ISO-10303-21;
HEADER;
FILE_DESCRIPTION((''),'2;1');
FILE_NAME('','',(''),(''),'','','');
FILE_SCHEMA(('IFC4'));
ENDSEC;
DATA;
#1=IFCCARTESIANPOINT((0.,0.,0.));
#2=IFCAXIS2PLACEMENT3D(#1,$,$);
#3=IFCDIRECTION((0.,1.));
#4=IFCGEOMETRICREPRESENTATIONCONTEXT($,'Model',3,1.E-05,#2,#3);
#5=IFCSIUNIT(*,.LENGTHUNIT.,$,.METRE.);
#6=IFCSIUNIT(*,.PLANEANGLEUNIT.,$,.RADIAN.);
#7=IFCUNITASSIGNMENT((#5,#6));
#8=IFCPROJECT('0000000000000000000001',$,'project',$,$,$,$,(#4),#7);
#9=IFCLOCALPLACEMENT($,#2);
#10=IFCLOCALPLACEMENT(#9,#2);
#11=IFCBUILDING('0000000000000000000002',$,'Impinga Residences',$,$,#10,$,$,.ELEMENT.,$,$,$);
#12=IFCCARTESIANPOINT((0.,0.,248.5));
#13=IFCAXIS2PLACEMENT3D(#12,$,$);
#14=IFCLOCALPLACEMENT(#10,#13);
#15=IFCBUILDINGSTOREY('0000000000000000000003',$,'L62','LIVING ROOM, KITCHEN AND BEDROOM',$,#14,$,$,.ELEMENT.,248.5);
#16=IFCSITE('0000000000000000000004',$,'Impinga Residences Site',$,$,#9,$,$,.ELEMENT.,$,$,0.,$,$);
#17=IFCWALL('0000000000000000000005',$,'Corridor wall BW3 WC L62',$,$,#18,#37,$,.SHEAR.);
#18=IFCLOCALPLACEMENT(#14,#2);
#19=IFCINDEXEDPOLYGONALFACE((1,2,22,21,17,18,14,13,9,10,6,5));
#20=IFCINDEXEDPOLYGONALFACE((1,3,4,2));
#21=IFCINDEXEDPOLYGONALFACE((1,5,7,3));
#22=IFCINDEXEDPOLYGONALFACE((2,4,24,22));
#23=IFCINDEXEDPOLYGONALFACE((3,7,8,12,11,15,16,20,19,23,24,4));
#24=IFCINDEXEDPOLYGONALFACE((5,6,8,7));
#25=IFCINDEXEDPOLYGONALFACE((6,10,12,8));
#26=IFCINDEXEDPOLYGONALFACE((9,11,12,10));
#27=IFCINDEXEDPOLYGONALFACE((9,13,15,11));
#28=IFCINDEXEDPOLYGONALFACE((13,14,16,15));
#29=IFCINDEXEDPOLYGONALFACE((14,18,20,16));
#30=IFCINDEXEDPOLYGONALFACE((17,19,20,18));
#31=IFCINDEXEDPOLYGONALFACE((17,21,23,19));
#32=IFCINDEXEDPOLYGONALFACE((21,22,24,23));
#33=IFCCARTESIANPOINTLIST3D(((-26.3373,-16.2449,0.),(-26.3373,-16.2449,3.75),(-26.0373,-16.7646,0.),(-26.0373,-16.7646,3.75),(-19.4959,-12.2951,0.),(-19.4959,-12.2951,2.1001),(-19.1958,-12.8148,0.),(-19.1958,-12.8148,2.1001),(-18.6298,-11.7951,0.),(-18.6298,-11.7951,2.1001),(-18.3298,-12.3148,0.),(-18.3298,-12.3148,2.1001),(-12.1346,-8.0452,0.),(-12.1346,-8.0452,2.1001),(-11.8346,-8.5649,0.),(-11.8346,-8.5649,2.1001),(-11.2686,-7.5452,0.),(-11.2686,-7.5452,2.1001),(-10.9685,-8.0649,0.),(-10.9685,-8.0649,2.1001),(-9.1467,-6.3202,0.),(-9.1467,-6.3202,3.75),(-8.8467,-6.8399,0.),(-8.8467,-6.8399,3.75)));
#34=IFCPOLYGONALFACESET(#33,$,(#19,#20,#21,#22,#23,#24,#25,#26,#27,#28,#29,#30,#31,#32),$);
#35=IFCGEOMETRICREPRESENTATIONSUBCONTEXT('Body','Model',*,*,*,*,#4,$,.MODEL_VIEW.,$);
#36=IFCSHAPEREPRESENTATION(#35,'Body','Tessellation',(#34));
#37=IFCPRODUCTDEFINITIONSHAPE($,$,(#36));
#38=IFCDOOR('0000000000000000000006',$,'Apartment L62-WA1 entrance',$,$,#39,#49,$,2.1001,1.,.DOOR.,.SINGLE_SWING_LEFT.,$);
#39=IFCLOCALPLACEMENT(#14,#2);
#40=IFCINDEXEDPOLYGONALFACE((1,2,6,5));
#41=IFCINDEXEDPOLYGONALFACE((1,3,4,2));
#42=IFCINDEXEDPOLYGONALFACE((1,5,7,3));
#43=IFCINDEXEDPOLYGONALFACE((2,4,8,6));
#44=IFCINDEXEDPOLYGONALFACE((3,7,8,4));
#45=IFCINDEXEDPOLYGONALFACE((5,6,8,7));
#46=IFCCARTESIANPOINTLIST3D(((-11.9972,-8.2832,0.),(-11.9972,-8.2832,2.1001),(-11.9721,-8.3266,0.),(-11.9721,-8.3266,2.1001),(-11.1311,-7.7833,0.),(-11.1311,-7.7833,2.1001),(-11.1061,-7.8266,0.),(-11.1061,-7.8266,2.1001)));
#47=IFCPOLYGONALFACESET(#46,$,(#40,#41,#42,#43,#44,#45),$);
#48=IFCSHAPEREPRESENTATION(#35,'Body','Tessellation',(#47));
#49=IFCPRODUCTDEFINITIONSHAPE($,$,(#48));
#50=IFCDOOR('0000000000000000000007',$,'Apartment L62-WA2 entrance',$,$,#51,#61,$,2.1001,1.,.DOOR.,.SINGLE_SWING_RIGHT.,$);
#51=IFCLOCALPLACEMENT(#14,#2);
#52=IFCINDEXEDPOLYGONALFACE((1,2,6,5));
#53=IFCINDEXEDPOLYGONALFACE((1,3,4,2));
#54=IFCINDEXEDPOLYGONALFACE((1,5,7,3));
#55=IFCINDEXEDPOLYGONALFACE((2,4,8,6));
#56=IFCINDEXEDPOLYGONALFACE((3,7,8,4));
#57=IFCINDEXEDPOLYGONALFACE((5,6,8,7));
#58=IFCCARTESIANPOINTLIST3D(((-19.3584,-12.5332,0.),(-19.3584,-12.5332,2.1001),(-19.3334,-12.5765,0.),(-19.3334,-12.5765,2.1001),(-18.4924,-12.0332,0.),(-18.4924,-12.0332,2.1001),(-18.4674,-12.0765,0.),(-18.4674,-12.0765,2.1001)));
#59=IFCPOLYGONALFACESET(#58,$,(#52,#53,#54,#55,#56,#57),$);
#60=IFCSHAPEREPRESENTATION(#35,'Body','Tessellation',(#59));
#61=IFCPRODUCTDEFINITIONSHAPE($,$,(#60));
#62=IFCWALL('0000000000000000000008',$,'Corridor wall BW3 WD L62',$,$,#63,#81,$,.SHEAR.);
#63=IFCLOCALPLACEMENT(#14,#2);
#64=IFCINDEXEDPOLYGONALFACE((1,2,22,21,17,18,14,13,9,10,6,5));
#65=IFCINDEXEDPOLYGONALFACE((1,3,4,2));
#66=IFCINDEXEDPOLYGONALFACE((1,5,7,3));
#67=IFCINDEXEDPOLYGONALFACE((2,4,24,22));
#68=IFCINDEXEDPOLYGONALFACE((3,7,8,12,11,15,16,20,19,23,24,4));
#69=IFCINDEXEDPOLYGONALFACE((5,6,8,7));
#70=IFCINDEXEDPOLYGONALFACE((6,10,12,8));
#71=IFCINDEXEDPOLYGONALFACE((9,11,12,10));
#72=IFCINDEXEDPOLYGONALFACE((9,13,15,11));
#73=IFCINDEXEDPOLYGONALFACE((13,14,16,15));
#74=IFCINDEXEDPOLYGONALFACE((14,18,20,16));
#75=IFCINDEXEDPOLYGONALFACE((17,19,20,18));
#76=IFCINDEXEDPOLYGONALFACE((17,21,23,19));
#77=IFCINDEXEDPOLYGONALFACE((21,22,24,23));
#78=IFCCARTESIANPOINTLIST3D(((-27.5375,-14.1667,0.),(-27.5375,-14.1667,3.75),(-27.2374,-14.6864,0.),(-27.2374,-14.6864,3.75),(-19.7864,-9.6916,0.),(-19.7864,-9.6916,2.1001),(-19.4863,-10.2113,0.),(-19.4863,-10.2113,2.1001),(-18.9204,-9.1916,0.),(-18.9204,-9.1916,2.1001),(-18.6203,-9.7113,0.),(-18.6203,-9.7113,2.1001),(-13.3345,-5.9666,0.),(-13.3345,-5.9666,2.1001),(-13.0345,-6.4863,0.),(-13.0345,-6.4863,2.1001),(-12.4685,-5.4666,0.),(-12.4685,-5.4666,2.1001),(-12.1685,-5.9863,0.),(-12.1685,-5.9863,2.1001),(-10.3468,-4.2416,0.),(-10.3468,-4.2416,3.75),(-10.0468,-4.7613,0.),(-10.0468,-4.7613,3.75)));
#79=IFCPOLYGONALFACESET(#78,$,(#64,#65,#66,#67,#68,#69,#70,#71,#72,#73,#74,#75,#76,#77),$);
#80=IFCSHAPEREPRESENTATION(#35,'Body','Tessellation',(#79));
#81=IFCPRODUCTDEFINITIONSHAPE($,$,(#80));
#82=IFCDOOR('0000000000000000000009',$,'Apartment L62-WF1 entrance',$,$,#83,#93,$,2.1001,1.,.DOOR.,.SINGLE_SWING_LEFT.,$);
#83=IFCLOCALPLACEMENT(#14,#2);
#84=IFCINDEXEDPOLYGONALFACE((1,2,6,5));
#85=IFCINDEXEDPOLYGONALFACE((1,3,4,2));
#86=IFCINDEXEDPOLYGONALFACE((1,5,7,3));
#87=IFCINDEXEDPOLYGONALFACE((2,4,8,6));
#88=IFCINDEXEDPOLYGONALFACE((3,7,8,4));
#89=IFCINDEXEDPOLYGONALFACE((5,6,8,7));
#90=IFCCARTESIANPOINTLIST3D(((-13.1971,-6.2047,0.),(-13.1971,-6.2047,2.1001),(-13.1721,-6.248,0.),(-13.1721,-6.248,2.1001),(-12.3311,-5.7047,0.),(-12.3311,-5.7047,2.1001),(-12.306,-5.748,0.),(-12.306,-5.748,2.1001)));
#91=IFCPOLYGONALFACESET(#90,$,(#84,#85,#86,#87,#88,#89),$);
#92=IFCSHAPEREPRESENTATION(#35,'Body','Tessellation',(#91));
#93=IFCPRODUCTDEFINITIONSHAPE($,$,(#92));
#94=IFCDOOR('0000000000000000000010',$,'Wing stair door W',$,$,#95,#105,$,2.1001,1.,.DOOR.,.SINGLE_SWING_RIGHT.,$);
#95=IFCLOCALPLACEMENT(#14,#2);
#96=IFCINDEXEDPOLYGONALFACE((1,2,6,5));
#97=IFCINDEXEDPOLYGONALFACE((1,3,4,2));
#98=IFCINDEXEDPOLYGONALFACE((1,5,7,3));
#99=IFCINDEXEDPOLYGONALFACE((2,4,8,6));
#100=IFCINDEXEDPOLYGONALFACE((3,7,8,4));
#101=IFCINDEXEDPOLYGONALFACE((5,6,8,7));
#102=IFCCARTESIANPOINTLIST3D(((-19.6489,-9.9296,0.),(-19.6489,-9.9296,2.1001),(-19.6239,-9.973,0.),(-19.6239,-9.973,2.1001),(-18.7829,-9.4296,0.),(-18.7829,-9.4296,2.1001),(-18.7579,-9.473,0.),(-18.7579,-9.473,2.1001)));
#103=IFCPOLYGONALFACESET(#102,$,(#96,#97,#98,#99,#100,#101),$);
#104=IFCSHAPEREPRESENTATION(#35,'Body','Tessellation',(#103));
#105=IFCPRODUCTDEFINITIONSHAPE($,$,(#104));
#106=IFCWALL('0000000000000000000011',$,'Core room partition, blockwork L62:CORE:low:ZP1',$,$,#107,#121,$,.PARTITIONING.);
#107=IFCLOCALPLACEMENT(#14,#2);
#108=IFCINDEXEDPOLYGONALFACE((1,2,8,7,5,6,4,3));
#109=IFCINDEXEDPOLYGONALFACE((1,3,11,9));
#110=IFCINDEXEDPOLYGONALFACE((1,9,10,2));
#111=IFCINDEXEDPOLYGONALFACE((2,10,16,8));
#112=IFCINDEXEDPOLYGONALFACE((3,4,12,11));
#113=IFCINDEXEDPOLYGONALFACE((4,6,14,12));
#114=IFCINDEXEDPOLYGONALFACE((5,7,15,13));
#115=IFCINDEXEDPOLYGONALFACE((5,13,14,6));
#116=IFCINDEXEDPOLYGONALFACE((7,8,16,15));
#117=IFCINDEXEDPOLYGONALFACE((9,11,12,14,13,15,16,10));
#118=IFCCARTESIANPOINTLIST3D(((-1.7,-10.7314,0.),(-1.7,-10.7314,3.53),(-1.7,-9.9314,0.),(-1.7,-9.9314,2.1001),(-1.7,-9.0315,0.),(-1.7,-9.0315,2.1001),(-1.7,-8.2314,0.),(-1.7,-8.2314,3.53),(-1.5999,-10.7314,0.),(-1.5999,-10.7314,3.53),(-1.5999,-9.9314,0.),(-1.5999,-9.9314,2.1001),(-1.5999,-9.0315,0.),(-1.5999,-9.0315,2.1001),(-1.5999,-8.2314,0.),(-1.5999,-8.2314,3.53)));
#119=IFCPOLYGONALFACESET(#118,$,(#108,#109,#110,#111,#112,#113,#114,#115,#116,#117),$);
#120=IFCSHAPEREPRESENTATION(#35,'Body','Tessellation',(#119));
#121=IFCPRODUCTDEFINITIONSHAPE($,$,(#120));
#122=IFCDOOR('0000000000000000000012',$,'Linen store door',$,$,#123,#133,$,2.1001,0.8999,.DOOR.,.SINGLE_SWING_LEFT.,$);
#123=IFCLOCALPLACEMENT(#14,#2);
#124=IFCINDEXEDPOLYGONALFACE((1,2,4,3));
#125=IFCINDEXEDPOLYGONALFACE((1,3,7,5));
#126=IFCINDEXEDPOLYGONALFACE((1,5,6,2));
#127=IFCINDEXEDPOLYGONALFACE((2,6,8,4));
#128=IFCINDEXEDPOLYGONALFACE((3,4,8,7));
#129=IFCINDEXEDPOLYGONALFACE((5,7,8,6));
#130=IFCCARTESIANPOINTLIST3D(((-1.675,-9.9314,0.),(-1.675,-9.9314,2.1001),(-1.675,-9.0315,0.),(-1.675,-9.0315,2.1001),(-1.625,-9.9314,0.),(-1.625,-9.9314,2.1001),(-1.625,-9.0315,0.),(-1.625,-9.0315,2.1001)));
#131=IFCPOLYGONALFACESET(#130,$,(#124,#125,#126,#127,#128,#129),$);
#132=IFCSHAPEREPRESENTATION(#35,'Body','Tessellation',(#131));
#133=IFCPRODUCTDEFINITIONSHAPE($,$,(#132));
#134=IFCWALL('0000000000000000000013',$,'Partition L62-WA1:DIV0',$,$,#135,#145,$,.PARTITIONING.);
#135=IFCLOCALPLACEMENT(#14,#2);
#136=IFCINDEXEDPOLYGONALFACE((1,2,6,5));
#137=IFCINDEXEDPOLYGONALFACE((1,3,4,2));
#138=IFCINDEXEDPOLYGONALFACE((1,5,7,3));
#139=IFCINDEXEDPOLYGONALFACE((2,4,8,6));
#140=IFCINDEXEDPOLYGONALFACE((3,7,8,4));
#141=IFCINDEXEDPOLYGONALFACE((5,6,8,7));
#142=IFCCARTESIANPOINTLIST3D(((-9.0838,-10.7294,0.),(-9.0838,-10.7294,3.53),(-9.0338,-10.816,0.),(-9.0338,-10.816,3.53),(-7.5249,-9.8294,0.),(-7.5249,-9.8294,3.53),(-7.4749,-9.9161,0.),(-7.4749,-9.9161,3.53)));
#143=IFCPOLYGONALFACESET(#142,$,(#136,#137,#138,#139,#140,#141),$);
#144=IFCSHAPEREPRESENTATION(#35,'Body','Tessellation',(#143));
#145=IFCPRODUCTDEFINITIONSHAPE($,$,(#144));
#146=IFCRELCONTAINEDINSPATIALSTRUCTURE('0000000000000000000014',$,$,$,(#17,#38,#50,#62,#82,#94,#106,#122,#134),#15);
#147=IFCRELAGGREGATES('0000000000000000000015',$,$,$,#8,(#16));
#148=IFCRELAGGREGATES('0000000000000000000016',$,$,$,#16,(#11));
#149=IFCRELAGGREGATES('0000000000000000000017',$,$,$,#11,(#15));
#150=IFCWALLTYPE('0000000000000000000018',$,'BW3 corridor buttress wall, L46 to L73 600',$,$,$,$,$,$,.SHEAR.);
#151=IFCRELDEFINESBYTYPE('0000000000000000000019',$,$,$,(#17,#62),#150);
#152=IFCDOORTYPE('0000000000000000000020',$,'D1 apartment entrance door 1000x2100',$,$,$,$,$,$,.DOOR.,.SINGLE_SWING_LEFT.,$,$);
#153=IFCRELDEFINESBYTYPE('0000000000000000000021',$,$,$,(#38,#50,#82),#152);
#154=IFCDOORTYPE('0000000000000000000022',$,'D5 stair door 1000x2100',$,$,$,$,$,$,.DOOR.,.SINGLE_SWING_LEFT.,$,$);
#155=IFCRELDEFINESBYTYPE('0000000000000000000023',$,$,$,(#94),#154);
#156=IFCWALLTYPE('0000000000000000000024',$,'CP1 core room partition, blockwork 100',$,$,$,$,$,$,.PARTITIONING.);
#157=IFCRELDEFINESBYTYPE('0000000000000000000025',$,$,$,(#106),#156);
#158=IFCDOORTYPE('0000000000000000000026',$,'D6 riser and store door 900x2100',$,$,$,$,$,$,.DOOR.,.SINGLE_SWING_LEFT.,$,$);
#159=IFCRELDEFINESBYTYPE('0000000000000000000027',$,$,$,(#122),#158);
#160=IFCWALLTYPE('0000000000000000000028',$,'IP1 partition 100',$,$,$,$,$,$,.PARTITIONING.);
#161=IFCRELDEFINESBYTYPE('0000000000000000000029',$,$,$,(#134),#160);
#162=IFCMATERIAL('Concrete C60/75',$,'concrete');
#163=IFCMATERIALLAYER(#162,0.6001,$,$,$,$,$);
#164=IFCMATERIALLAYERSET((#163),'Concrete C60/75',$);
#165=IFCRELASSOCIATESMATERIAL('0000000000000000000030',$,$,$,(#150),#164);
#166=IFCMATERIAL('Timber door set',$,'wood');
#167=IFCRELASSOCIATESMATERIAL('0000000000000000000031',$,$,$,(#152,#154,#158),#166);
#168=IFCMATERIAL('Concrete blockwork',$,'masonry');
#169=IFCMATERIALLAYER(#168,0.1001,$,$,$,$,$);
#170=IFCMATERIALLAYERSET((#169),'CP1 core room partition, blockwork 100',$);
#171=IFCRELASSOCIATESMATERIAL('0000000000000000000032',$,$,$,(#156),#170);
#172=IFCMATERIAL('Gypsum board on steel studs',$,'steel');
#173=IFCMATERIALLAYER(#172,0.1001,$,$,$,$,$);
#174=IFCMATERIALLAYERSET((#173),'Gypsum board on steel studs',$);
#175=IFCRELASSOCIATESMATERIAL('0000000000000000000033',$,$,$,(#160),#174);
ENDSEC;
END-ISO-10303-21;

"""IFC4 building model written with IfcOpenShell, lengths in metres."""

from ifc_helpers import new_model, si_unit, direction, frame, frame_2d, origin, place, context, subcontext, project, spatial, rectangle, extrude, material, layer, layer_set, type_object, element, fill, save


model = new_model("IFC4")

# Units and contexts
model_context = context("Model", 3, precision=1e-05, world=origin(), true_north=direction((0.0, 1.0)))
body_context = subcontext(model_context, "Body", "Model", "MODEL_VIEW")
ifc_project = project(units=[si_unit("LENGTHUNIT", "METRE"), si_unit("PLANEANGLEUNIT", "RADIAN")], contexts=[model_context])

# Site, building, storey
site_placement = place(None, origin())
site = spatial("IfcSite", under=ifc_project, at=site_placement, Name="Impinga Residences Site", CompositionType="ELEMENT", RefElevation=0.0)
building_placement = place(site_placement, origin())
building = spatial("IfcBuilding", under=site, at=building_placement, Name="Impinga Residences", CompositionType="ELEMENT")
storey_placement = place(building_placement, frame((0.0, 0.0, 248.5)))
storey = spatial("IfcBuildingStorey", under=building, at=storey_placement, Name="L62", Description="LIVING ROOM, KITCHEN AND BEDROOM", CompositionType="ELEMENT", Elevation=248.5)

# Walls, openings, doors
ifc_material_1 = material(Name="Concrete C60/75", Category="concrete")
ifc_layer_1 = layer(ifc_material_1, 0.6001)
ifc_layer_set_1 = layer_set([ifc_layer_1], Name="Concrete C60/75")
wall_type_1 = type_object("IfcWallType", Name="BW3 corridor buttress wall, L46 to L73 600", PredefinedType="SHEAR", material=ifc_layer_set_1)
wall_1_placement = place(storey_placement, frame((-8.9968, -6.5801, 0.0), z_axis=(0.0, 0.0, 1.0), x_axis=(-0.866031, -0.499991, 0.0)))
wall_1 = element("IfcWall", 1, at=wall_1_placement, inside=storey, type_object=wall_type_1, Name="Corridor wall BW3 WC L62", PredefinedType="SHEAR", context=body_context, shape_type="SweptSolid", body=[
    extrude(rectangle(XDim=19.8499, YDim=0.6001, at=frame_2d((9.9248, 0.0))), origin(), (0.0, 0.0, 1.0), 3.75),
])
opening_1_placement = place(wall_1_placement, frame((2.45, 0.0, 0.0)))
opening_1 = element("IfcOpeningElement", 2, at=opening_1_placement, cuts=wall_1, PredefinedType="OPENING", context=body_context, shape_type="SweptSolid", body=[
    extrude(rectangle(XDim=1.0, YDim=2.1001, at=frame_2d((0.5, 1.05))), frame((0.0, 0.3101, 0.0), z_axis=(0.0, -1.0, 0.0), x_axis=(1.0, 0.0, 0.0)), (0.0, 0.0, 1.0), 0.6201),
])
opening_2_placement = place(wall_1_placement, frame((10.95, 0.0, 0.0)))
opening_2 = element("IfcOpeningElement", 3, at=opening_2_placement, cuts=wall_1, PredefinedType="OPENING", context=body_context, shape_type="SweptSolid", body=[
    extrude(rectangle(XDim=1.0, YDim=2.1001, at=frame_2d((0.5, 1.05))), frame((0.0, 0.3101, 0.0), z_axis=(0.0, -1.0, 0.0), x_axis=(1.0, 0.0, 0.0)), (0.0, 0.0, 1.0), 0.6201),
])
ifc_material_2 = material(Name="Timber door set", Category="wood")
door_type_1 = type_object("IfcDoorType", Name="D1 apartment entrance door 1000x2100", OperationType="SINGLE_SWING_LEFT", PredefinedType="DOOR", material=ifc_material_2)
door_1_placement = place(opening_1_placement, origin())
door_1 = element("IfcDoor", 4, at=door_1_placement, inside=storey, type_object=door_type_1, Name="Apartment L62-WA1 entrance", OperationType="SINGLE_SWING_LEFT", OverallHeight=2.1001, OverallWidth=1.0, PredefinedType="DOOR", context=body_context, shape_type="SweptSolid", body=[
    extrude(rectangle(XDim=1.0, YDim=2.1001, at=frame_2d((0.5, 1.05))), frame((0.0, 0.0249, 0.0), z_axis=(0.0, -1.0, 0.0), x_axis=(1.0, 0.0, 0.0)), (0.0, 0.0, 1.0), 0.05),
])
fill(opening_1, door_1)
door_2_placement = place(opening_2_placement, origin())
door_2 = element("IfcDoor", 5, at=door_2_placement, inside=storey, type_object=door_type_1, Name="Apartment L62-WA2 entrance", OperationType="SINGLE_SWING_RIGHT", OverallHeight=2.1001, OverallWidth=1.0, PredefinedType="DOOR", context=body_context, shape_type="SweptSolid", body=[
    extrude(rectangle(XDim=1.0, YDim=2.1001, at=frame_2d((0.5, 1.05))), frame((0.0, 0.0249, 0.0), z_axis=(0.0, -1.0, 0.0), x_axis=(1.0, 0.0, 0.0)), (0.0, 0.0, 1.0), 0.05),
])
fill(opening_2, door_2)
wall_2_placement = place(storey_placement, frame((-10.1968, -4.5015, 0.0), z_axis=(0.0, 0.0, 1.0), x_axis=(-0.866025, -0.5, 0.0)))
wall_2 = element("IfcWall", 6, at=wall_2_placement, inside=storey, type_object=wall_type_1, Name="Corridor wall BW3 WD L62", PredefinedType="SHEAR", context=body_context, shape_type="SweptSolid", body=[
    extrude(rectangle(XDim=19.8501, YDim=0.6001, at=frame_2d((9.925, 0.0))), origin(), (0.0, 0.0, 1.0), 3.75),
])
opening_3_placement = place(wall_2_placement, frame((9.8999, 0.0, 0.0)))
opening_3 = element("IfcOpeningElement", 7, at=opening_3_placement, cuts=wall_2, PredefinedType="OPENING", context=body_context, shape_type="SweptSolid", body=[
    extrude(rectangle(XDim=1.0, YDim=2.1001, at=frame_2d((0.5, 1.05))), frame((0.0, 0.3101, 0.0), z_axis=(0.0, -1.0, 0.0), x_axis=(1.0, 0.0, 0.0)), (0.0, 0.0, 1.0), 0.6201),
])
opening_4_placement = place(wall_2_placement, frame((2.45, 0.0, 0.0)))
opening_4 = element("IfcOpeningElement", 8, at=opening_4_placement, cuts=wall_2, PredefinedType="OPENING", context=body_context, shape_type="SweptSolid", body=[
    extrude(rectangle(XDim=1.0, YDim=2.1001, at=frame_2d((0.5, 1.05))), frame((0.0, 0.3101, 0.0), z_axis=(0.0, -1.0, 0.0), x_axis=(1.0, 0.0, 0.0)), (0.0, 0.0, 1.0), 0.6201),
])
door_3_placement = place(opening_4_placement, origin())
door_3 = element("IfcDoor", 9, at=door_3_placement, inside=storey, type_object=door_type_1, Name="Apartment L62-WF1 entrance", OperationType="SINGLE_SWING_LEFT", OverallHeight=2.1001, OverallWidth=1.0, PredefinedType="DOOR", context=body_context, shape_type="SweptSolid", body=[
    extrude(rectangle(XDim=1.0, YDim=2.1001, at=frame_2d((0.5, 1.05))), frame((0.0, 0.0249, 0.0), z_axis=(0.0, -1.0, 0.0), x_axis=(1.0, 0.0, 0.0)), (0.0, 0.0, 1.0), 0.05),
])
fill(opening_4, door_3)
door_type_2 = type_object("IfcDoorType", Name="D5 stair door 1000x2100", OperationType="SINGLE_SWING_LEFT", PredefinedType="DOOR", material=ifc_material_2)
door_4_placement = place(opening_3_placement, origin())
door_4 = element("IfcDoor", 10, at=door_4_placement, inside=storey, type_object=door_type_2, Name="Wing stair door W", OperationType="SINGLE_SWING_RIGHT", OverallHeight=2.1001, OverallWidth=1.0, PredefinedType="DOOR", context=body_context, shape_type="SweptSolid", body=[
    extrude(rectangle(XDim=1.0, YDim=2.1001, at=frame_2d((0.5, 1.05))), frame((0.0, 0.0249, 0.0), z_axis=(0.0, -1.0, 0.0), x_axis=(1.0, 0.0, 0.0)), (0.0, 0.0, 1.0), 0.05),
])
fill(opening_3, door_4)

# Wall, opening, door
ifc_material_3 = material(Name="Concrete blockwork", Category="masonry")
ifc_layer_2 = layer(ifc_material_3, 0.1001)
ifc_layer_set_2 = layer_set([ifc_layer_2], Name="CP1 core room partition, blockwork 100")
wall_type_2 = type_object("IfcWallType", Name="CP1 core room partition, blockwork 100", PredefinedType="PARTITIONING", material=ifc_layer_set_2)
wall_3_placement = place(storey_placement, frame((-1.6499, -8.2314, 0.0), z_axis=(0.0, 0.0, 1.0), x_axis=(0.0, -1.0, 0.0)))
wall_3 = element("IfcWall", 11, at=wall_3_placement, inside=storey, type_object=wall_type_2, Name="Core room partition, blockwork L62:CORE:low:ZP1", PredefinedType="PARTITIONING", context=body_context, shape_type="SweptSolid", body=[
    extrude(rectangle(XDim=2.5, YDim=0.1001, at=frame_2d((1.25, 0.0))), origin(), (0.0, 0.0, 1.0), 3.53),
])
opening_5_placement = place(wall_3_placement, frame((0.8, 0.0, 0.0)))
opening_5 = element("IfcOpeningElement", 12, at=opening_5_placement, cuts=wall_3, PredefinedType="OPENING", context=body_context, shape_type="SweptSolid", body=[
    extrude(rectangle(XDim=0.8999, YDim=2.1001, at=frame_2d((0.45, 1.05))), frame((0.0, 0.0601, 0.0), z_axis=(0.0, -1.0, 0.0), x_axis=(1.0, 0.0, 0.0)), (0.0, 0.0, 1.0), 0.1201),
])
door_type_3 = type_object("IfcDoorType", Name="D6 riser and store door 900x2100", OperationType="SINGLE_SWING_LEFT", PredefinedType="DOOR", material=ifc_material_2)
door_5_placement = place(opening_5_placement, origin())
door_5 = element("IfcDoor", 13, at=door_5_placement, inside=storey, type_object=door_type_3, Name="Linen store door", OperationType="SINGLE_SWING_LEFT", OverallHeight=2.1001, OverallWidth=0.8999, PredefinedType="DOOR", context=body_context, shape_type="SweptSolid", body=[
    extrude(rectangle(XDim=0.8999, YDim=2.1001, at=frame_2d((0.45, 1.05))), frame((0.0, 0.0249, 0.0), z_axis=(0.0, -1.0, 0.0), x_axis=(1.0, 0.0, 0.0)), (0.0, 0.0, 1.0), 0.05),
])
fill(opening_5, door_5)

# Wall
ifc_material_4 = material(Name="Gypsum board on steel studs", Category="steel")
ifc_layer_3 = layer(ifc_material_4, 0.1001)
ifc_layer_set_3 = layer_set([ifc_layer_3], Name="Gypsum board on steel studs")
wall_type_3 = type_object("IfcWallType", Name="IP1 partition 100", PredefinedType="PARTITIONING", material=ifc_layer_set_3)
wall_4_placement = place(storey_placement, frame((-7.5, -9.8728, 0.0), z_axis=(0.0, 0.0, 1.0), x_axis=(-0.866048, -0.499961, 0.0)))
element("IfcWall", 14, at=wall_4_placement, inside=storey, type_object=wall_type_3, Name="Partition L62-WA1:DIV0", PredefinedType="PARTITIONING", context=body_context, shape_type="SweptSolid", body=[
    extrude(rectangle(XDim=1.8, YDim=0.1001, at=frame_2d((0.8999, 0.0))), origin(), (0.0, 0.0, 1.0), 3.53),
])

save(model, "model.ifc")
